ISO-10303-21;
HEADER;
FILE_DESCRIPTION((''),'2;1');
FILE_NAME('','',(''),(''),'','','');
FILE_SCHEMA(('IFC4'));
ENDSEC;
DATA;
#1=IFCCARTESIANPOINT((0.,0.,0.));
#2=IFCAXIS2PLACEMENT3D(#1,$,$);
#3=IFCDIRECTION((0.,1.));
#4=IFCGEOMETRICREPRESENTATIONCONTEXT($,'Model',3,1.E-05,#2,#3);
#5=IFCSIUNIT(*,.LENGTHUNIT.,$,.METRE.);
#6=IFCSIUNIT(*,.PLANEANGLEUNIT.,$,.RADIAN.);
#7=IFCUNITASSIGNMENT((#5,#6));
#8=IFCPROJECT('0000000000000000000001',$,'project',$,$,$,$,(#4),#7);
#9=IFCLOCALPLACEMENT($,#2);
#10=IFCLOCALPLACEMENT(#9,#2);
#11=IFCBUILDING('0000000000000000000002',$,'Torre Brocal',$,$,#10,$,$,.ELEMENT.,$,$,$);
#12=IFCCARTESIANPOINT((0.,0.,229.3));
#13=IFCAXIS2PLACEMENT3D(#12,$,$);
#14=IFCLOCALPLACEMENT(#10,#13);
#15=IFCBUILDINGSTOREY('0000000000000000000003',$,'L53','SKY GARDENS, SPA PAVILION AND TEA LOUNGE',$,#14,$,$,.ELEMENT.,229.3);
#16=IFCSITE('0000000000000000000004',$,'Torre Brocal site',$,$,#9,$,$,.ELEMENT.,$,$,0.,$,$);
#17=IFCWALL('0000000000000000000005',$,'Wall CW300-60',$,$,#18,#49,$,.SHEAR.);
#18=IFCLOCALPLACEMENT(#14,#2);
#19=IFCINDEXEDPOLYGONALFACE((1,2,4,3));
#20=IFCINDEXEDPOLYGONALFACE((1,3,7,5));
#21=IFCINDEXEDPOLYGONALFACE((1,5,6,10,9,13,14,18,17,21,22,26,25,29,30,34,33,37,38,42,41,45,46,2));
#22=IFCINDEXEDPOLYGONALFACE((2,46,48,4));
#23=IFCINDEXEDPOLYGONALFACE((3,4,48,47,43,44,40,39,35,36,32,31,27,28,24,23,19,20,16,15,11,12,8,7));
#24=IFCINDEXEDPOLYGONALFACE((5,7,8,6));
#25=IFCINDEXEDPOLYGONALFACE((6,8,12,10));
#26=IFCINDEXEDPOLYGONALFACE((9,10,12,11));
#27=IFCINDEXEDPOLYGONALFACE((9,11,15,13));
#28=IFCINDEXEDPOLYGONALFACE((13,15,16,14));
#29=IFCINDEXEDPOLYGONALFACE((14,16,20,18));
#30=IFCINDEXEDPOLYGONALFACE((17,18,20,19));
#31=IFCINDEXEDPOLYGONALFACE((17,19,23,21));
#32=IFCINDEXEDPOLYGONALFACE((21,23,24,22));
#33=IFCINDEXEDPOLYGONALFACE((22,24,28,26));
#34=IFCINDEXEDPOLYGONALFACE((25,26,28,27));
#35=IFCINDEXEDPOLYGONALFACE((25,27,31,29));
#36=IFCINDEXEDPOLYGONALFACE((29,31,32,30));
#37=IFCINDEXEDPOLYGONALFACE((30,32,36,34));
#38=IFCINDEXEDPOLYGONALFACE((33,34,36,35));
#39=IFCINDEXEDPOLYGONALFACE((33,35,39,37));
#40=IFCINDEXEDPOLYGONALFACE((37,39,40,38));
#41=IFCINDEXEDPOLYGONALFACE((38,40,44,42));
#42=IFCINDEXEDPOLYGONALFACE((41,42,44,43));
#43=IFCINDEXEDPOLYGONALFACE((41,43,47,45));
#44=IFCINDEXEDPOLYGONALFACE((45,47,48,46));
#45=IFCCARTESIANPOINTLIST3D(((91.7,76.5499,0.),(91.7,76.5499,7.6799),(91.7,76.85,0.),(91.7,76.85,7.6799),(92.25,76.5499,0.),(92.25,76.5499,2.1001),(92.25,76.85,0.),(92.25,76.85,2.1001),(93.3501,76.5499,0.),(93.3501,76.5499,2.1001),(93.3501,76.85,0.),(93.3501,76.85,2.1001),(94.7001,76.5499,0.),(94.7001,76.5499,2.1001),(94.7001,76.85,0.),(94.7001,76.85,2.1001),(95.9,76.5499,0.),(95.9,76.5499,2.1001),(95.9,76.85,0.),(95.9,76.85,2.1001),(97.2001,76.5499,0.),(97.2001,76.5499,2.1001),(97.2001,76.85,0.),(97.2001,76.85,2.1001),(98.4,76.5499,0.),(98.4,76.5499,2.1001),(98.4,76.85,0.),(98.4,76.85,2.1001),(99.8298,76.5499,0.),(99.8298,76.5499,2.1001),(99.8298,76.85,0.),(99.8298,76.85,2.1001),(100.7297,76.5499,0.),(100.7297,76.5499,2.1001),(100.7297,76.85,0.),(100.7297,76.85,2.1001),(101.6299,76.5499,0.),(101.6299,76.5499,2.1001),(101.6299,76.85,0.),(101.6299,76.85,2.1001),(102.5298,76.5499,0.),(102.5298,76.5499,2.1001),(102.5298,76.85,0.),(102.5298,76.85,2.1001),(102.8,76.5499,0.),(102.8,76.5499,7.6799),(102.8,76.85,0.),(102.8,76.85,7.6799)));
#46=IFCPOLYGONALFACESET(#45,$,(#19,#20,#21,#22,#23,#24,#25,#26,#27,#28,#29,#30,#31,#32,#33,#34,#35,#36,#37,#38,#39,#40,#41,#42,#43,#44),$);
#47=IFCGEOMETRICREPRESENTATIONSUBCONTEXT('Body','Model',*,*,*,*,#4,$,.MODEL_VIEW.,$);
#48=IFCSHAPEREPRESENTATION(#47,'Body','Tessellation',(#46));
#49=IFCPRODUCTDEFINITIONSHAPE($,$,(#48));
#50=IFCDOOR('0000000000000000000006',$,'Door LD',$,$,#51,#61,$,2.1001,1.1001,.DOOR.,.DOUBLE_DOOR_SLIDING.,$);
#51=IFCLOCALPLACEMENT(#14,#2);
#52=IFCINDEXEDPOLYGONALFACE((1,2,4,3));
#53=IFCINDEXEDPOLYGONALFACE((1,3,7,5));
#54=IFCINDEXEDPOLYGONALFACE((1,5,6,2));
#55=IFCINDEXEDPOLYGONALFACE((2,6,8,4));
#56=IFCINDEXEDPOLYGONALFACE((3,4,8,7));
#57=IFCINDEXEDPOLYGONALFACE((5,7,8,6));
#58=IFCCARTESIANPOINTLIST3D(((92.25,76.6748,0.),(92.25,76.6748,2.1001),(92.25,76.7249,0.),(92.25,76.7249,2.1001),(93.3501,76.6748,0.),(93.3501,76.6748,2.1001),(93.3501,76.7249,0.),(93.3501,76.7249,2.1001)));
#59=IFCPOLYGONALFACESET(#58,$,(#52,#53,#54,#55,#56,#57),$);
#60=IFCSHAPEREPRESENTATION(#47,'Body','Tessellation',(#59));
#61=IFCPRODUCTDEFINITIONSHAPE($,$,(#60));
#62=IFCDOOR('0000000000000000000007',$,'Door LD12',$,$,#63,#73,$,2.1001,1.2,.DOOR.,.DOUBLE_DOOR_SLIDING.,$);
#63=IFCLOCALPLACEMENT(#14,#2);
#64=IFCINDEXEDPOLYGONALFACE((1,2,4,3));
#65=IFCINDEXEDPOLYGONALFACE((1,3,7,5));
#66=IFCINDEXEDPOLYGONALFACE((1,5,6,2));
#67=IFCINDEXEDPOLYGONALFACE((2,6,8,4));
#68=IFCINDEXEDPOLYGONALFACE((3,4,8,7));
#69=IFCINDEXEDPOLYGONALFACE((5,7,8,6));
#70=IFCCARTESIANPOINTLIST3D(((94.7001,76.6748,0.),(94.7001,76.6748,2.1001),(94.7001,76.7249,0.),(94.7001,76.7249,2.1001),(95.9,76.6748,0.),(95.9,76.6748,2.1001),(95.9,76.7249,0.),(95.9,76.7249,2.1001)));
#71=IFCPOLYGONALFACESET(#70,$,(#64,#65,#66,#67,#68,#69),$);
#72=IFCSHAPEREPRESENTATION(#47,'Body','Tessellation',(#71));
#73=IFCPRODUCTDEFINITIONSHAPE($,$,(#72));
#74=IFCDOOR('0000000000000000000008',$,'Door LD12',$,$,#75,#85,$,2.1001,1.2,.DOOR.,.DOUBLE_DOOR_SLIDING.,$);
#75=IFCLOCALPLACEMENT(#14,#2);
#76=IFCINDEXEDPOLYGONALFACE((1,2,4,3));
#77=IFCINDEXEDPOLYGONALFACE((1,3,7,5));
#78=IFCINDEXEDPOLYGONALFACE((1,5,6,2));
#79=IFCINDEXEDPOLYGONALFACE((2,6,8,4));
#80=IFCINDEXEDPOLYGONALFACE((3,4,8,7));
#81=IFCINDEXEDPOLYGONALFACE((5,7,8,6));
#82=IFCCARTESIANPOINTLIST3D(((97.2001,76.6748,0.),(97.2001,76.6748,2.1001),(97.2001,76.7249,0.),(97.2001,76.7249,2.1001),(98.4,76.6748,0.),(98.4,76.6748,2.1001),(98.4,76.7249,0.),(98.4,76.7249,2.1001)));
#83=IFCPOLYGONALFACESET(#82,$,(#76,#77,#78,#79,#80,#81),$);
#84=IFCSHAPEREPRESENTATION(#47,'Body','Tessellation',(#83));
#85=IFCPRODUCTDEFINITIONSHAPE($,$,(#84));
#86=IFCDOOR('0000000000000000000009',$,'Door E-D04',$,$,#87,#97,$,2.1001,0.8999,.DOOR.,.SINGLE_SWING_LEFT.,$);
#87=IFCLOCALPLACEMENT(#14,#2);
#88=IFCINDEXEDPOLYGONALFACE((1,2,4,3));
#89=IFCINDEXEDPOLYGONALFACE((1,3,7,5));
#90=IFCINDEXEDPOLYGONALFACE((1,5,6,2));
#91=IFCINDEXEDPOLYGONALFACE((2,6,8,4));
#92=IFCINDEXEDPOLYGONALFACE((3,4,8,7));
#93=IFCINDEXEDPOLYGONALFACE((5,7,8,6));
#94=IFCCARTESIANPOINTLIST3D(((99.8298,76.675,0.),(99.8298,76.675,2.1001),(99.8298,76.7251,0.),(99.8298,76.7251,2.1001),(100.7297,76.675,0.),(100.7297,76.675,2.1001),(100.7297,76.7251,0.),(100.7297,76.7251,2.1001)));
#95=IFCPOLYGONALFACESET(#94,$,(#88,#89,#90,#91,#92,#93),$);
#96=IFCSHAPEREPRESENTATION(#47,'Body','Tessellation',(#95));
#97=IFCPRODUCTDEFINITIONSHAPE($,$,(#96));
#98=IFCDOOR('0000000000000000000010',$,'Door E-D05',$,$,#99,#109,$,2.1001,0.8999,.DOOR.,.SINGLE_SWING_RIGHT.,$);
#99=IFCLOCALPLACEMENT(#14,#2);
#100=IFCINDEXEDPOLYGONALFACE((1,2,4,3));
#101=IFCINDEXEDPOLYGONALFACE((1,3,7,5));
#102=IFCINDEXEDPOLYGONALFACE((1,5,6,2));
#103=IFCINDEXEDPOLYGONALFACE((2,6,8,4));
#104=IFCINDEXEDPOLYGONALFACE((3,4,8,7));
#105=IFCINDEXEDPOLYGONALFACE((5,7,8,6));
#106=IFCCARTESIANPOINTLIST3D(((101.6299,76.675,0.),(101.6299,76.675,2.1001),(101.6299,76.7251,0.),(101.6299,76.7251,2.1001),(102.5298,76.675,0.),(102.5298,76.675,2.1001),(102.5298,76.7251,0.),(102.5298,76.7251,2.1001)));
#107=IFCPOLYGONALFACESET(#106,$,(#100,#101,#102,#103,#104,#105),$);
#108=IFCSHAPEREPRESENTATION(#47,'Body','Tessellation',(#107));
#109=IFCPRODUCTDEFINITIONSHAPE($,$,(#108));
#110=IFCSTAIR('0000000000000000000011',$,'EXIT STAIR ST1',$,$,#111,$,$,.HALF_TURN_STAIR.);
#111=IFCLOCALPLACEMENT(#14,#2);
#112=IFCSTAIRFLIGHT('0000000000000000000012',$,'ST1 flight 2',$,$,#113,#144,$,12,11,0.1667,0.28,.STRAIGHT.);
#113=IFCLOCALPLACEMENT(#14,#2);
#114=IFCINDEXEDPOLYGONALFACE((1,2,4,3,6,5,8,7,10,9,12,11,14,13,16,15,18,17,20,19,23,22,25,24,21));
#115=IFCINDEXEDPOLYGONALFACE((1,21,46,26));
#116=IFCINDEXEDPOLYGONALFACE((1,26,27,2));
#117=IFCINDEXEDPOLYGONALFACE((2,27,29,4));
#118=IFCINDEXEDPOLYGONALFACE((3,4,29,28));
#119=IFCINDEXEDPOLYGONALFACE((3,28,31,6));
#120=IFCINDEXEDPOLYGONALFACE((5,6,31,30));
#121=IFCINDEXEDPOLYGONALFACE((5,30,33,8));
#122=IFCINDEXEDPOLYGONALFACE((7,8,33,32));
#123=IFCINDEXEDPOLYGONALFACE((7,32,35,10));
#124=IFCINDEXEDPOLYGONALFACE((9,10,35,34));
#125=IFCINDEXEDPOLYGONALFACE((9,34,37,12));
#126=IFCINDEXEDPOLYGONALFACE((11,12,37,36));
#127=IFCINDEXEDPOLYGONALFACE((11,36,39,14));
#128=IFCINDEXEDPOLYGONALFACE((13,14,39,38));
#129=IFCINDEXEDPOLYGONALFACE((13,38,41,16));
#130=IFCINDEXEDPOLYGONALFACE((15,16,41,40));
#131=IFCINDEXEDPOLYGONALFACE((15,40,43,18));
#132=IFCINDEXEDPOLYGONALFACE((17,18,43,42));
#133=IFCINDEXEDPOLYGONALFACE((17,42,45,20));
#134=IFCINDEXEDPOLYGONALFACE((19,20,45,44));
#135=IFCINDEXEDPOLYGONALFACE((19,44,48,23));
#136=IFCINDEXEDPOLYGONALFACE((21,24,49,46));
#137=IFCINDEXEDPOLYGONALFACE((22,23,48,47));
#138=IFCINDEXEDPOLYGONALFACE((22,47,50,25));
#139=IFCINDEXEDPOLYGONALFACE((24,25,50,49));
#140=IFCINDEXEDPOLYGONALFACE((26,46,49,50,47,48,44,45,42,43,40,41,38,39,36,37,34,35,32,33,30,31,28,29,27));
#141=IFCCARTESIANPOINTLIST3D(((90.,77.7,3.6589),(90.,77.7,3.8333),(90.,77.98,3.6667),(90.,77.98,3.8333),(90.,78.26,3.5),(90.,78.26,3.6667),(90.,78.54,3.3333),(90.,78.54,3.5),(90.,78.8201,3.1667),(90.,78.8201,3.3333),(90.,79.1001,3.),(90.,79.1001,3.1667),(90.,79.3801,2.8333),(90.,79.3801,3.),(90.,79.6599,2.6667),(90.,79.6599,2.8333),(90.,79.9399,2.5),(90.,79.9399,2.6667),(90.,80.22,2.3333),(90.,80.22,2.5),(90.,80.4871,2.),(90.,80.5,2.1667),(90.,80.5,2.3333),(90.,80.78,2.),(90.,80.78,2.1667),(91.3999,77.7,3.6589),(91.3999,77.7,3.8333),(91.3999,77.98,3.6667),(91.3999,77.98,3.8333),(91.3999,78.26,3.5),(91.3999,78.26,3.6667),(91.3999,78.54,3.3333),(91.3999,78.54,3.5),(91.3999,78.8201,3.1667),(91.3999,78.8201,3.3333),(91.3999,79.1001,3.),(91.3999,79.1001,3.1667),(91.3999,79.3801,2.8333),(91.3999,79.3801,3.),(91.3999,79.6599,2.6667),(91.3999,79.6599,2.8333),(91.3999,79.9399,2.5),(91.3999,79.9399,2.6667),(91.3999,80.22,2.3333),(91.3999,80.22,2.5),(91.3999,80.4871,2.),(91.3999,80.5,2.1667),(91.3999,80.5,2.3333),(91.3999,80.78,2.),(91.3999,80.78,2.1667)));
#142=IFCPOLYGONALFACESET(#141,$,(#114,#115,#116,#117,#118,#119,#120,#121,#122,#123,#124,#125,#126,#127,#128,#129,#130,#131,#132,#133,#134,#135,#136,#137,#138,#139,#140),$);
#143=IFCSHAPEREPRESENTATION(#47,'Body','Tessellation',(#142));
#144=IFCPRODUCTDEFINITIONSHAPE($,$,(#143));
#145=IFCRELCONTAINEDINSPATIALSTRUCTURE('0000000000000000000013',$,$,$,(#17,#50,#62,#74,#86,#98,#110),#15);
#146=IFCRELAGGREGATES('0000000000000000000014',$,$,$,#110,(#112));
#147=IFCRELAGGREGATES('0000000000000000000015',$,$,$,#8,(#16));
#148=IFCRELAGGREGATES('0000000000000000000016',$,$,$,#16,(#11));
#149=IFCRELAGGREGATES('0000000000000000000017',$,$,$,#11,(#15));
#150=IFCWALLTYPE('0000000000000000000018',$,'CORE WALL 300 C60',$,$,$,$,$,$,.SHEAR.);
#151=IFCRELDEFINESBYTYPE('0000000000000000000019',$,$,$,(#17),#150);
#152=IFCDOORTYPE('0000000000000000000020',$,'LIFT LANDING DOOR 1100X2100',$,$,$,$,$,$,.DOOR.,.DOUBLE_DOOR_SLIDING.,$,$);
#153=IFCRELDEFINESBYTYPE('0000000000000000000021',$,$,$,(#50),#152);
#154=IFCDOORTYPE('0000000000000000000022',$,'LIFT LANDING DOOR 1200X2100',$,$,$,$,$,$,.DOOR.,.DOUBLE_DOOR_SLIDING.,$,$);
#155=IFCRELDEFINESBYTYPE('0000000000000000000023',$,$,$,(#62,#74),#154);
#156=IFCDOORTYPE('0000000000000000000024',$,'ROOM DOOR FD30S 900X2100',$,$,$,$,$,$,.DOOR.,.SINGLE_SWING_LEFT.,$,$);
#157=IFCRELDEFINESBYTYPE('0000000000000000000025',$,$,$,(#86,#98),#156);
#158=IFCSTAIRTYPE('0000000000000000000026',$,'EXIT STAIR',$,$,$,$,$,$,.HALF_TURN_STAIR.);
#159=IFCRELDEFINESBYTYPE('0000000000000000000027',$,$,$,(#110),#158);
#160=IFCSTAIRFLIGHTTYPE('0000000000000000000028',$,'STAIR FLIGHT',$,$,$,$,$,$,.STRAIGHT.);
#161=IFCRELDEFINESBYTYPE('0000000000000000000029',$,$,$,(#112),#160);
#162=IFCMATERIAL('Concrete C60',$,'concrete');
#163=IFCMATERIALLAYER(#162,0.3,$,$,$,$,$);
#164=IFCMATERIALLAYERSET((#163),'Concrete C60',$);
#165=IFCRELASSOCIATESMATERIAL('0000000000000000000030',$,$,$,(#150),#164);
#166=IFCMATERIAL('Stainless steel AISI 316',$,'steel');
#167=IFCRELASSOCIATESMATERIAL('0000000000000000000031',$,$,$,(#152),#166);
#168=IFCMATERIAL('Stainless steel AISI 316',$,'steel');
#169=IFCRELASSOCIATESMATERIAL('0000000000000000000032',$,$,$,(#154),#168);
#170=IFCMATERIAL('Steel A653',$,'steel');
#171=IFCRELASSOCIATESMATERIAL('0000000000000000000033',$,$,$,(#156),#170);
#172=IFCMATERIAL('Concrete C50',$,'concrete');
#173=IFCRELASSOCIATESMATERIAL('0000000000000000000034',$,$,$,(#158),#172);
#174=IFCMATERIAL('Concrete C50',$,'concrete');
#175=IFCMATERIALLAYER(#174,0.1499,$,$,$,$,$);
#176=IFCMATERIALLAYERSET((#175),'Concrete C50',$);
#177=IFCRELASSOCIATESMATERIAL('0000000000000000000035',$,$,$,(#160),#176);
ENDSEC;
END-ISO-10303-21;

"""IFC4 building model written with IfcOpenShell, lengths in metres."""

from ifc_helpers import new_model, si_unit, direction, frame, frame_2d, origin, place, context, subcontext, project, spatial, polyline, rectangle, outline, extrude, material, layer, layer_set, type_object, element, fill, aggregate, save


model = new_model("IFC4")

# Units and contexts
model_context = context("Model", 3, precision=1e-05, world=origin(), true_north=direction((0.0, 1.0)))
body_context = subcontext(model_context, "Body", "Model", "MODEL_VIEW")
ifc_project = project(units=[si_unit("LENGTHUNIT", "METRE"), si_unit("PLANEANGLEUNIT", "RADIAN")], contexts=[model_context])

# Site, building, storey
site_placement = place(None, origin())
site = spatial("IfcSite", under=ifc_project, at=site_placement, Name="Torre Brocal site", CompositionType="ELEMENT", RefElevation=0.0)
building_placement = place(site_placement, origin())
building = spatial("IfcBuilding", under=site, at=building_placement, Name="Torre Brocal", CompositionType="ELEMENT")
storey_placement = place(building_placement, frame((0.0, 0.0, 229.3)))
storey = spatial("IfcBuildingStorey", under=building, at=storey_placement, Name="L53", Description="SKY GARDENS, SPA PAVILION AND TEA LOUNGE", CompositionType="ELEMENT", Elevation=229.3)

# Shared definitions
ifc_material_1 = material(Name="Concrete C60", Category="concrete")
ifc_layer_1 = layer(ifc_material_1, 0.3)
ifc_layer_set_1 = layer_set([ifc_layer_1], Name="Concrete C60")
wall_type_1 = type_object("IfcWallType", Name="CORE WALL 300 C60", PredefinedType="SHEAR", material=ifc_layer_set_1)

# Wall, openings, doors
wall_1_placement = place(storey_placement, frame((91.7, 76.7, 0.0), z_axis=(0.0, 0.0, 1.0), x_axis=(1.0, 0.0, 0.0)))
wall_1 = element("IfcWall", 1, at=wall_1_placement, inside=storey, type_object=wall_type_1, Name="Wall CW300-60", PredefinedType="SHEAR", context=body_context, shape_type="SweptSolid", body=[
    extrude(rectangle(XDim=11.1001, YDim=0.3, at=frame_2d((5.55, 0.0))), origin(), (0.0, 0.0, 1.0), 7.6799),
])
opening_1_placement = place(wall_1_placement, frame((0.55, 0.0, 0.0)))
opening_1 = element("IfcOpeningElement", 2, at=opening_1_placement, cuts=wall_1, PredefinedType="OPENING", context=body_context, shape_type="SweptSolid", body=[
    extrude(rectangle(XDim=1.1001, YDim=2.1001, at=frame_2d((0.55, 1.05))), frame((0.0, 0.1599, 0.0), z_axis=(0.0, -1.0, 0.0), x_axis=(1.0, 0.0, 0.0)), (0.0, 0.0, 1.0), 0.3201),
])
opening_2_placement = place(wall_1_placement, frame((3.0, 0.0, 0.0)))
opening_2 = element("IfcOpeningElement", 3, at=opening_2_placement, cuts=wall_1, PredefinedType="OPENING", context=body_context, shape_type="SweptSolid", body=[
    extrude(rectangle(XDim=1.2, YDim=2.1001, at=frame_2d((0.6001, 1.05))), frame((0.0, 0.1599, 0.0), z_axis=(0.0, -1.0, 0.0), x_axis=(1.0, 0.0, 0.0)), (0.0, 0.0, 1.0), 0.3201),
])
opening_3_placement = place(wall_1_placement, frame((5.5, 0.0, 0.0)))
opening_3 = element("IfcOpeningElement", 4, at=opening_3_placement, cuts=wall_1, PredefinedType="OPENING", context=body_context, shape_type="SweptSolid", body=[
    extrude(rectangle(XDim=1.2, YDim=2.1001, at=frame_2d((0.6001, 1.05))), frame((0.0, 0.1599, 0.0), z_axis=(0.0, -1.0, 0.0), x_axis=(1.0, 0.0, 0.0)), (0.0, 0.0, 1.0), 0.3201),
])
opening_4_placement = place(wall_1_placement, frame((8.1299, 0.0, 0.0)))
opening_4 = element("IfcOpeningElement", 5, at=opening_4_placement, cuts=wall_1, PredefinedType="OPENING", context=body_context, shape_type="SweptSolid", body=[
    extrude(rectangle(XDim=0.8999, YDim=2.1001, at=frame_2d((0.45, 1.05))), frame((0.0, 0.1599, 0.0), z_axis=(0.0, -1.0, 0.0), x_axis=(1.0, 0.0, 0.0)), (0.0, 0.0, 1.0), 0.3201),
])
opening_5_placement = place(wall_1_placement, frame((9.9299, 0.0, 0.0)))
opening_5 = element("IfcOpeningElement", 6, at=opening_5_placement, cuts=wall_1, PredefinedType="OPENING", context=body_context, shape_type="SweptSolid", body=[
    extrude(rectangle(XDim=0.8999, YDim=2.1001, at=frame_2d((0.45, 1.05))), frame((0.0, 0.1599, 0.0), z_axis=(0.0, -1.0, 0.0), x_axis=(1.0, 0.0, 0.0)), (0.0, 0.0, 1.0), 0.3201),
])
ifc_material_2 = material(Name="Stainless steel AISI 316", Category="steel")
door_type_1 = type_object("IfcDoorType", Name="LIFT LANDING DOOR 1100X2100", OperationType="DOUBLE_DOOR_SLIDING", PredefinedType="DOOR", material=ifc_material_2)
door_1_placement = place(opening_1_placement, origin())
door_1 = element("IfcDoor", 7, at=door_1_placement, inside=storey, type_object=door_type_1, Name="Door LD", OperationType="DOUBLE_DOOR_SLIDING", OverallHeight=2.1001, OverallWidth=1.1001, PredefinedType="DOOR", context=body_context, shape_type="SweptSolid", body=[
    extrude(rectangle(XDim=1.1001, YDim=2.1001, at=frame_2d((0.55, 1.05))), frame((0.0, 0.0249, 0.0), z_axis=(0.0, -1.0, 0.0), x_axis=(1.0, 0.0, 0.0)), (0.0, 0.0, 1.0), 0.05),
])
fill(opening_1, door_1)
ifc_material_3 = material(Name="Stainless steel AISI 316", Category="steel")
door_type_2 = type_object("IfcDoorType", Name="LIFT LANDING DOOR 1200X2100", OperationType="DOUBLE_DOOR_SLIDING", PredefinedType="DOOR", material=ifc_material_3)
door_2_placement = place(opening_2_placement, origin())
door_2 = element("IfcDoor", 8, at=door_2_placement, inside=storey, type_object=door_type_2, Name="Door LD12", OperationType="DOUBLE_DOOR_SLIDING", OverallHeight=2.1001, OverallWidth=1.2, PredefinedType="DOOR", context=body_context, shape_type="SweptSolid", body=[
    extrude(rectangle(XDim=1.2, YDim=2.1001, at=frame_2d((0.6001, 1.05))), frame((0.0, 0.0249, 0.0), z_axis=(0.0, -1.0, 0.0), x_axis=(1.0, 0.0, 0.0)), (0.0, 0.0, 1.0), 0.05),
])
fill(opening_2, door_2)
door_3_placement = place(opening_3_placement, origin())
door_3 = element("IfcDoor", 9, at=door_3_placement, inside=storey, type_object=door_type_2, Name="Door LD12", OperationType="DOUBLE_DOOR_SLIDING", OverallHeight=2.1001, OverallWidth=1.2, PredefinedType="DOOR", context=body_context, shape_type="SweptSolid", body=[
    extrude(rectangle(XDim=1.2, YDim=2.1001, at=frame_2d((0.6001, 1.05))), frame((0.0, 0.0249, 0.0), z_axis=(0.0, -1.0, 0.0), x_axis=(1.0, 0.0, 0.0)), (0.0, 0.0, 1.0), 0.05),
])
fill(opening_3, door_3)
ifc_material_4 = material(Name="Steel A653", Category="steel")
door_type_3 = type_object("IfcDoorType", Name="ROOM DOOR FD30S 900X2100", OperationType="SINGLE_SWING_LEFT", PredefinedType="DOOR", material=ifc_material_4)
door_4_placement = place(opening_4_placement, frame((0.8999, 0.0, 0.0), z_axis=(0.0, 0.0, 1.0), x_axis=(-1.0, 0.0, 0.0)))
door_4 = element("IfcDoor", 10, at=door_4_placement, inside=storey, type_object=door_type_3, Name="Door E-D04", OperationType="SINGLE_SWING_LEFT", OverallHeight=2.1001, OverallWidth=0.8999, PredefinedType="DOOR", context=body_context, shape_type="SweptSolid", body=[
    extrude(rectangle(XDim=0.8999, YDim=2.1001, at=frame_2d((0.45, 1.05))), frame((0.0, 0.0249, 0.0), z_axis=(0.0, -1.0, 0.0), x_axis=(1.0, 0.0, 0.0)), (0.0, 0.0, 1.0), 0.05),
])
fill(opening_4, door_4)
door_5_placement = place(opening_5_placement, frame((0.8999, 0.0, 0.0), z_axis=(0.0, 0.0, 1.0), x_axis=(-1.0, 0.0, 0.0)))
door_5 = element("IfcDoor", 11, at=door_5_placement, inside=storey, type_object=door_type_3, Name="Door E-D05", OperationType="SINGLE_SWING_RIGHT", OverallHeight=2.1001, OverallWidth=0.8999, PredefinedType="DOOR", context=body_context, shape_type="SweptSolid", body=[
    extrude(rectangle(XDim=0.8999, YDim=2.1001, at=frame_2d((0.45, 1.05))), frame((0.0, 0.0249, 0.0), z_axis=(0.0, -1.0, 0.0), x_axis=(1.0, 0.0, 0.0)), (0.0, 0.0, 1.0), 0.05),
])
fill(opening_5, door_5)

# Stair, stair flight
ifc_material_5 = material(Name="Concrete C50", Category="concrete")
stair_type = type_object("IfcStairType", Name="EXIT STAIR", PredefinedType="HALF_TURN_STAIR", material=ifc_material_5)
stair_placement = place(storey_placement, origin())
stair = element("IfcStair", 12, at=stair_placement, inside=storey, type_object=stair_type, Name="EXIT STAIR ST1", PredefinedType="HALF_TURN_STAIR")
ifc_material_6 = material(Name="Concrete C50", Category="concrete")
ifc_layer_2 = layer(ifc_material_6, 0.1499)
ifc_layer_set_2 = layer_set([ifc_layer_2], Name="Concrete C50")
stair_flight_type = type_object("IfcStairFlightType", Name="STAIR FLIGHT", PredefinedType="STRAIGHT", material=ifc_layer_set_2)
stair_flight_1_placement = place(storey_placement, frame((90.7, 80.78, 2.0), z_axis=(0.0, 0.0, 1.0), x_axis=(0.0, -1.0, 0.0)))
stair_flight_1 = element("IfcStairFlight", 13, at=stair_flight_1_placement, type_object=stair_flight_type, Name="ST1 flight 2", NumberOfRisers=12, NumberOfTreads=11, PredefinedType="STRAIGHT", RiserHeight=0.1667, TreadLength=0.28, context=body_context, shape_type="SweptSolid", body=[
    extrude(outline(polyline([(0.0, 0.0), (0.0, 0.1667), (0.28, 0.1667), (0.28, 0.3333), (0.5601, 0.3333), (0.5601, 0.5), (0.8401, 0.5), (0.8401, 0.6667), (1.1201, 0.6667), (1.1201, 0.8333), (1.3999, 0.8333), (1.3999, 1.0), (1.6799, 1.0), (1.6799, 1.1667), (1.96, 1.1667), (1.96, 1.3333), (2.24, 1.3333), (2.24, 1.5), (2.52, 1.5), (2.52, 1.6667), (2.8, 1.6667), (2.8, 1.8333), (3.0801, 1.8333), (3.0801, 2.0), (3.0801, 1.6589), (0.293, 0.0), (0.0, 0.0)])), frame((0.0, 0.7, 0.0), z_axis=(0.0, -1.0, 0.0), x_axis=(1.0, 0.0, 0.0)), (0.0, 0.0, 1.0), 1.3999),
])
aggregate(stair, [stair_flight_1])

save(model, "model.ifc")
